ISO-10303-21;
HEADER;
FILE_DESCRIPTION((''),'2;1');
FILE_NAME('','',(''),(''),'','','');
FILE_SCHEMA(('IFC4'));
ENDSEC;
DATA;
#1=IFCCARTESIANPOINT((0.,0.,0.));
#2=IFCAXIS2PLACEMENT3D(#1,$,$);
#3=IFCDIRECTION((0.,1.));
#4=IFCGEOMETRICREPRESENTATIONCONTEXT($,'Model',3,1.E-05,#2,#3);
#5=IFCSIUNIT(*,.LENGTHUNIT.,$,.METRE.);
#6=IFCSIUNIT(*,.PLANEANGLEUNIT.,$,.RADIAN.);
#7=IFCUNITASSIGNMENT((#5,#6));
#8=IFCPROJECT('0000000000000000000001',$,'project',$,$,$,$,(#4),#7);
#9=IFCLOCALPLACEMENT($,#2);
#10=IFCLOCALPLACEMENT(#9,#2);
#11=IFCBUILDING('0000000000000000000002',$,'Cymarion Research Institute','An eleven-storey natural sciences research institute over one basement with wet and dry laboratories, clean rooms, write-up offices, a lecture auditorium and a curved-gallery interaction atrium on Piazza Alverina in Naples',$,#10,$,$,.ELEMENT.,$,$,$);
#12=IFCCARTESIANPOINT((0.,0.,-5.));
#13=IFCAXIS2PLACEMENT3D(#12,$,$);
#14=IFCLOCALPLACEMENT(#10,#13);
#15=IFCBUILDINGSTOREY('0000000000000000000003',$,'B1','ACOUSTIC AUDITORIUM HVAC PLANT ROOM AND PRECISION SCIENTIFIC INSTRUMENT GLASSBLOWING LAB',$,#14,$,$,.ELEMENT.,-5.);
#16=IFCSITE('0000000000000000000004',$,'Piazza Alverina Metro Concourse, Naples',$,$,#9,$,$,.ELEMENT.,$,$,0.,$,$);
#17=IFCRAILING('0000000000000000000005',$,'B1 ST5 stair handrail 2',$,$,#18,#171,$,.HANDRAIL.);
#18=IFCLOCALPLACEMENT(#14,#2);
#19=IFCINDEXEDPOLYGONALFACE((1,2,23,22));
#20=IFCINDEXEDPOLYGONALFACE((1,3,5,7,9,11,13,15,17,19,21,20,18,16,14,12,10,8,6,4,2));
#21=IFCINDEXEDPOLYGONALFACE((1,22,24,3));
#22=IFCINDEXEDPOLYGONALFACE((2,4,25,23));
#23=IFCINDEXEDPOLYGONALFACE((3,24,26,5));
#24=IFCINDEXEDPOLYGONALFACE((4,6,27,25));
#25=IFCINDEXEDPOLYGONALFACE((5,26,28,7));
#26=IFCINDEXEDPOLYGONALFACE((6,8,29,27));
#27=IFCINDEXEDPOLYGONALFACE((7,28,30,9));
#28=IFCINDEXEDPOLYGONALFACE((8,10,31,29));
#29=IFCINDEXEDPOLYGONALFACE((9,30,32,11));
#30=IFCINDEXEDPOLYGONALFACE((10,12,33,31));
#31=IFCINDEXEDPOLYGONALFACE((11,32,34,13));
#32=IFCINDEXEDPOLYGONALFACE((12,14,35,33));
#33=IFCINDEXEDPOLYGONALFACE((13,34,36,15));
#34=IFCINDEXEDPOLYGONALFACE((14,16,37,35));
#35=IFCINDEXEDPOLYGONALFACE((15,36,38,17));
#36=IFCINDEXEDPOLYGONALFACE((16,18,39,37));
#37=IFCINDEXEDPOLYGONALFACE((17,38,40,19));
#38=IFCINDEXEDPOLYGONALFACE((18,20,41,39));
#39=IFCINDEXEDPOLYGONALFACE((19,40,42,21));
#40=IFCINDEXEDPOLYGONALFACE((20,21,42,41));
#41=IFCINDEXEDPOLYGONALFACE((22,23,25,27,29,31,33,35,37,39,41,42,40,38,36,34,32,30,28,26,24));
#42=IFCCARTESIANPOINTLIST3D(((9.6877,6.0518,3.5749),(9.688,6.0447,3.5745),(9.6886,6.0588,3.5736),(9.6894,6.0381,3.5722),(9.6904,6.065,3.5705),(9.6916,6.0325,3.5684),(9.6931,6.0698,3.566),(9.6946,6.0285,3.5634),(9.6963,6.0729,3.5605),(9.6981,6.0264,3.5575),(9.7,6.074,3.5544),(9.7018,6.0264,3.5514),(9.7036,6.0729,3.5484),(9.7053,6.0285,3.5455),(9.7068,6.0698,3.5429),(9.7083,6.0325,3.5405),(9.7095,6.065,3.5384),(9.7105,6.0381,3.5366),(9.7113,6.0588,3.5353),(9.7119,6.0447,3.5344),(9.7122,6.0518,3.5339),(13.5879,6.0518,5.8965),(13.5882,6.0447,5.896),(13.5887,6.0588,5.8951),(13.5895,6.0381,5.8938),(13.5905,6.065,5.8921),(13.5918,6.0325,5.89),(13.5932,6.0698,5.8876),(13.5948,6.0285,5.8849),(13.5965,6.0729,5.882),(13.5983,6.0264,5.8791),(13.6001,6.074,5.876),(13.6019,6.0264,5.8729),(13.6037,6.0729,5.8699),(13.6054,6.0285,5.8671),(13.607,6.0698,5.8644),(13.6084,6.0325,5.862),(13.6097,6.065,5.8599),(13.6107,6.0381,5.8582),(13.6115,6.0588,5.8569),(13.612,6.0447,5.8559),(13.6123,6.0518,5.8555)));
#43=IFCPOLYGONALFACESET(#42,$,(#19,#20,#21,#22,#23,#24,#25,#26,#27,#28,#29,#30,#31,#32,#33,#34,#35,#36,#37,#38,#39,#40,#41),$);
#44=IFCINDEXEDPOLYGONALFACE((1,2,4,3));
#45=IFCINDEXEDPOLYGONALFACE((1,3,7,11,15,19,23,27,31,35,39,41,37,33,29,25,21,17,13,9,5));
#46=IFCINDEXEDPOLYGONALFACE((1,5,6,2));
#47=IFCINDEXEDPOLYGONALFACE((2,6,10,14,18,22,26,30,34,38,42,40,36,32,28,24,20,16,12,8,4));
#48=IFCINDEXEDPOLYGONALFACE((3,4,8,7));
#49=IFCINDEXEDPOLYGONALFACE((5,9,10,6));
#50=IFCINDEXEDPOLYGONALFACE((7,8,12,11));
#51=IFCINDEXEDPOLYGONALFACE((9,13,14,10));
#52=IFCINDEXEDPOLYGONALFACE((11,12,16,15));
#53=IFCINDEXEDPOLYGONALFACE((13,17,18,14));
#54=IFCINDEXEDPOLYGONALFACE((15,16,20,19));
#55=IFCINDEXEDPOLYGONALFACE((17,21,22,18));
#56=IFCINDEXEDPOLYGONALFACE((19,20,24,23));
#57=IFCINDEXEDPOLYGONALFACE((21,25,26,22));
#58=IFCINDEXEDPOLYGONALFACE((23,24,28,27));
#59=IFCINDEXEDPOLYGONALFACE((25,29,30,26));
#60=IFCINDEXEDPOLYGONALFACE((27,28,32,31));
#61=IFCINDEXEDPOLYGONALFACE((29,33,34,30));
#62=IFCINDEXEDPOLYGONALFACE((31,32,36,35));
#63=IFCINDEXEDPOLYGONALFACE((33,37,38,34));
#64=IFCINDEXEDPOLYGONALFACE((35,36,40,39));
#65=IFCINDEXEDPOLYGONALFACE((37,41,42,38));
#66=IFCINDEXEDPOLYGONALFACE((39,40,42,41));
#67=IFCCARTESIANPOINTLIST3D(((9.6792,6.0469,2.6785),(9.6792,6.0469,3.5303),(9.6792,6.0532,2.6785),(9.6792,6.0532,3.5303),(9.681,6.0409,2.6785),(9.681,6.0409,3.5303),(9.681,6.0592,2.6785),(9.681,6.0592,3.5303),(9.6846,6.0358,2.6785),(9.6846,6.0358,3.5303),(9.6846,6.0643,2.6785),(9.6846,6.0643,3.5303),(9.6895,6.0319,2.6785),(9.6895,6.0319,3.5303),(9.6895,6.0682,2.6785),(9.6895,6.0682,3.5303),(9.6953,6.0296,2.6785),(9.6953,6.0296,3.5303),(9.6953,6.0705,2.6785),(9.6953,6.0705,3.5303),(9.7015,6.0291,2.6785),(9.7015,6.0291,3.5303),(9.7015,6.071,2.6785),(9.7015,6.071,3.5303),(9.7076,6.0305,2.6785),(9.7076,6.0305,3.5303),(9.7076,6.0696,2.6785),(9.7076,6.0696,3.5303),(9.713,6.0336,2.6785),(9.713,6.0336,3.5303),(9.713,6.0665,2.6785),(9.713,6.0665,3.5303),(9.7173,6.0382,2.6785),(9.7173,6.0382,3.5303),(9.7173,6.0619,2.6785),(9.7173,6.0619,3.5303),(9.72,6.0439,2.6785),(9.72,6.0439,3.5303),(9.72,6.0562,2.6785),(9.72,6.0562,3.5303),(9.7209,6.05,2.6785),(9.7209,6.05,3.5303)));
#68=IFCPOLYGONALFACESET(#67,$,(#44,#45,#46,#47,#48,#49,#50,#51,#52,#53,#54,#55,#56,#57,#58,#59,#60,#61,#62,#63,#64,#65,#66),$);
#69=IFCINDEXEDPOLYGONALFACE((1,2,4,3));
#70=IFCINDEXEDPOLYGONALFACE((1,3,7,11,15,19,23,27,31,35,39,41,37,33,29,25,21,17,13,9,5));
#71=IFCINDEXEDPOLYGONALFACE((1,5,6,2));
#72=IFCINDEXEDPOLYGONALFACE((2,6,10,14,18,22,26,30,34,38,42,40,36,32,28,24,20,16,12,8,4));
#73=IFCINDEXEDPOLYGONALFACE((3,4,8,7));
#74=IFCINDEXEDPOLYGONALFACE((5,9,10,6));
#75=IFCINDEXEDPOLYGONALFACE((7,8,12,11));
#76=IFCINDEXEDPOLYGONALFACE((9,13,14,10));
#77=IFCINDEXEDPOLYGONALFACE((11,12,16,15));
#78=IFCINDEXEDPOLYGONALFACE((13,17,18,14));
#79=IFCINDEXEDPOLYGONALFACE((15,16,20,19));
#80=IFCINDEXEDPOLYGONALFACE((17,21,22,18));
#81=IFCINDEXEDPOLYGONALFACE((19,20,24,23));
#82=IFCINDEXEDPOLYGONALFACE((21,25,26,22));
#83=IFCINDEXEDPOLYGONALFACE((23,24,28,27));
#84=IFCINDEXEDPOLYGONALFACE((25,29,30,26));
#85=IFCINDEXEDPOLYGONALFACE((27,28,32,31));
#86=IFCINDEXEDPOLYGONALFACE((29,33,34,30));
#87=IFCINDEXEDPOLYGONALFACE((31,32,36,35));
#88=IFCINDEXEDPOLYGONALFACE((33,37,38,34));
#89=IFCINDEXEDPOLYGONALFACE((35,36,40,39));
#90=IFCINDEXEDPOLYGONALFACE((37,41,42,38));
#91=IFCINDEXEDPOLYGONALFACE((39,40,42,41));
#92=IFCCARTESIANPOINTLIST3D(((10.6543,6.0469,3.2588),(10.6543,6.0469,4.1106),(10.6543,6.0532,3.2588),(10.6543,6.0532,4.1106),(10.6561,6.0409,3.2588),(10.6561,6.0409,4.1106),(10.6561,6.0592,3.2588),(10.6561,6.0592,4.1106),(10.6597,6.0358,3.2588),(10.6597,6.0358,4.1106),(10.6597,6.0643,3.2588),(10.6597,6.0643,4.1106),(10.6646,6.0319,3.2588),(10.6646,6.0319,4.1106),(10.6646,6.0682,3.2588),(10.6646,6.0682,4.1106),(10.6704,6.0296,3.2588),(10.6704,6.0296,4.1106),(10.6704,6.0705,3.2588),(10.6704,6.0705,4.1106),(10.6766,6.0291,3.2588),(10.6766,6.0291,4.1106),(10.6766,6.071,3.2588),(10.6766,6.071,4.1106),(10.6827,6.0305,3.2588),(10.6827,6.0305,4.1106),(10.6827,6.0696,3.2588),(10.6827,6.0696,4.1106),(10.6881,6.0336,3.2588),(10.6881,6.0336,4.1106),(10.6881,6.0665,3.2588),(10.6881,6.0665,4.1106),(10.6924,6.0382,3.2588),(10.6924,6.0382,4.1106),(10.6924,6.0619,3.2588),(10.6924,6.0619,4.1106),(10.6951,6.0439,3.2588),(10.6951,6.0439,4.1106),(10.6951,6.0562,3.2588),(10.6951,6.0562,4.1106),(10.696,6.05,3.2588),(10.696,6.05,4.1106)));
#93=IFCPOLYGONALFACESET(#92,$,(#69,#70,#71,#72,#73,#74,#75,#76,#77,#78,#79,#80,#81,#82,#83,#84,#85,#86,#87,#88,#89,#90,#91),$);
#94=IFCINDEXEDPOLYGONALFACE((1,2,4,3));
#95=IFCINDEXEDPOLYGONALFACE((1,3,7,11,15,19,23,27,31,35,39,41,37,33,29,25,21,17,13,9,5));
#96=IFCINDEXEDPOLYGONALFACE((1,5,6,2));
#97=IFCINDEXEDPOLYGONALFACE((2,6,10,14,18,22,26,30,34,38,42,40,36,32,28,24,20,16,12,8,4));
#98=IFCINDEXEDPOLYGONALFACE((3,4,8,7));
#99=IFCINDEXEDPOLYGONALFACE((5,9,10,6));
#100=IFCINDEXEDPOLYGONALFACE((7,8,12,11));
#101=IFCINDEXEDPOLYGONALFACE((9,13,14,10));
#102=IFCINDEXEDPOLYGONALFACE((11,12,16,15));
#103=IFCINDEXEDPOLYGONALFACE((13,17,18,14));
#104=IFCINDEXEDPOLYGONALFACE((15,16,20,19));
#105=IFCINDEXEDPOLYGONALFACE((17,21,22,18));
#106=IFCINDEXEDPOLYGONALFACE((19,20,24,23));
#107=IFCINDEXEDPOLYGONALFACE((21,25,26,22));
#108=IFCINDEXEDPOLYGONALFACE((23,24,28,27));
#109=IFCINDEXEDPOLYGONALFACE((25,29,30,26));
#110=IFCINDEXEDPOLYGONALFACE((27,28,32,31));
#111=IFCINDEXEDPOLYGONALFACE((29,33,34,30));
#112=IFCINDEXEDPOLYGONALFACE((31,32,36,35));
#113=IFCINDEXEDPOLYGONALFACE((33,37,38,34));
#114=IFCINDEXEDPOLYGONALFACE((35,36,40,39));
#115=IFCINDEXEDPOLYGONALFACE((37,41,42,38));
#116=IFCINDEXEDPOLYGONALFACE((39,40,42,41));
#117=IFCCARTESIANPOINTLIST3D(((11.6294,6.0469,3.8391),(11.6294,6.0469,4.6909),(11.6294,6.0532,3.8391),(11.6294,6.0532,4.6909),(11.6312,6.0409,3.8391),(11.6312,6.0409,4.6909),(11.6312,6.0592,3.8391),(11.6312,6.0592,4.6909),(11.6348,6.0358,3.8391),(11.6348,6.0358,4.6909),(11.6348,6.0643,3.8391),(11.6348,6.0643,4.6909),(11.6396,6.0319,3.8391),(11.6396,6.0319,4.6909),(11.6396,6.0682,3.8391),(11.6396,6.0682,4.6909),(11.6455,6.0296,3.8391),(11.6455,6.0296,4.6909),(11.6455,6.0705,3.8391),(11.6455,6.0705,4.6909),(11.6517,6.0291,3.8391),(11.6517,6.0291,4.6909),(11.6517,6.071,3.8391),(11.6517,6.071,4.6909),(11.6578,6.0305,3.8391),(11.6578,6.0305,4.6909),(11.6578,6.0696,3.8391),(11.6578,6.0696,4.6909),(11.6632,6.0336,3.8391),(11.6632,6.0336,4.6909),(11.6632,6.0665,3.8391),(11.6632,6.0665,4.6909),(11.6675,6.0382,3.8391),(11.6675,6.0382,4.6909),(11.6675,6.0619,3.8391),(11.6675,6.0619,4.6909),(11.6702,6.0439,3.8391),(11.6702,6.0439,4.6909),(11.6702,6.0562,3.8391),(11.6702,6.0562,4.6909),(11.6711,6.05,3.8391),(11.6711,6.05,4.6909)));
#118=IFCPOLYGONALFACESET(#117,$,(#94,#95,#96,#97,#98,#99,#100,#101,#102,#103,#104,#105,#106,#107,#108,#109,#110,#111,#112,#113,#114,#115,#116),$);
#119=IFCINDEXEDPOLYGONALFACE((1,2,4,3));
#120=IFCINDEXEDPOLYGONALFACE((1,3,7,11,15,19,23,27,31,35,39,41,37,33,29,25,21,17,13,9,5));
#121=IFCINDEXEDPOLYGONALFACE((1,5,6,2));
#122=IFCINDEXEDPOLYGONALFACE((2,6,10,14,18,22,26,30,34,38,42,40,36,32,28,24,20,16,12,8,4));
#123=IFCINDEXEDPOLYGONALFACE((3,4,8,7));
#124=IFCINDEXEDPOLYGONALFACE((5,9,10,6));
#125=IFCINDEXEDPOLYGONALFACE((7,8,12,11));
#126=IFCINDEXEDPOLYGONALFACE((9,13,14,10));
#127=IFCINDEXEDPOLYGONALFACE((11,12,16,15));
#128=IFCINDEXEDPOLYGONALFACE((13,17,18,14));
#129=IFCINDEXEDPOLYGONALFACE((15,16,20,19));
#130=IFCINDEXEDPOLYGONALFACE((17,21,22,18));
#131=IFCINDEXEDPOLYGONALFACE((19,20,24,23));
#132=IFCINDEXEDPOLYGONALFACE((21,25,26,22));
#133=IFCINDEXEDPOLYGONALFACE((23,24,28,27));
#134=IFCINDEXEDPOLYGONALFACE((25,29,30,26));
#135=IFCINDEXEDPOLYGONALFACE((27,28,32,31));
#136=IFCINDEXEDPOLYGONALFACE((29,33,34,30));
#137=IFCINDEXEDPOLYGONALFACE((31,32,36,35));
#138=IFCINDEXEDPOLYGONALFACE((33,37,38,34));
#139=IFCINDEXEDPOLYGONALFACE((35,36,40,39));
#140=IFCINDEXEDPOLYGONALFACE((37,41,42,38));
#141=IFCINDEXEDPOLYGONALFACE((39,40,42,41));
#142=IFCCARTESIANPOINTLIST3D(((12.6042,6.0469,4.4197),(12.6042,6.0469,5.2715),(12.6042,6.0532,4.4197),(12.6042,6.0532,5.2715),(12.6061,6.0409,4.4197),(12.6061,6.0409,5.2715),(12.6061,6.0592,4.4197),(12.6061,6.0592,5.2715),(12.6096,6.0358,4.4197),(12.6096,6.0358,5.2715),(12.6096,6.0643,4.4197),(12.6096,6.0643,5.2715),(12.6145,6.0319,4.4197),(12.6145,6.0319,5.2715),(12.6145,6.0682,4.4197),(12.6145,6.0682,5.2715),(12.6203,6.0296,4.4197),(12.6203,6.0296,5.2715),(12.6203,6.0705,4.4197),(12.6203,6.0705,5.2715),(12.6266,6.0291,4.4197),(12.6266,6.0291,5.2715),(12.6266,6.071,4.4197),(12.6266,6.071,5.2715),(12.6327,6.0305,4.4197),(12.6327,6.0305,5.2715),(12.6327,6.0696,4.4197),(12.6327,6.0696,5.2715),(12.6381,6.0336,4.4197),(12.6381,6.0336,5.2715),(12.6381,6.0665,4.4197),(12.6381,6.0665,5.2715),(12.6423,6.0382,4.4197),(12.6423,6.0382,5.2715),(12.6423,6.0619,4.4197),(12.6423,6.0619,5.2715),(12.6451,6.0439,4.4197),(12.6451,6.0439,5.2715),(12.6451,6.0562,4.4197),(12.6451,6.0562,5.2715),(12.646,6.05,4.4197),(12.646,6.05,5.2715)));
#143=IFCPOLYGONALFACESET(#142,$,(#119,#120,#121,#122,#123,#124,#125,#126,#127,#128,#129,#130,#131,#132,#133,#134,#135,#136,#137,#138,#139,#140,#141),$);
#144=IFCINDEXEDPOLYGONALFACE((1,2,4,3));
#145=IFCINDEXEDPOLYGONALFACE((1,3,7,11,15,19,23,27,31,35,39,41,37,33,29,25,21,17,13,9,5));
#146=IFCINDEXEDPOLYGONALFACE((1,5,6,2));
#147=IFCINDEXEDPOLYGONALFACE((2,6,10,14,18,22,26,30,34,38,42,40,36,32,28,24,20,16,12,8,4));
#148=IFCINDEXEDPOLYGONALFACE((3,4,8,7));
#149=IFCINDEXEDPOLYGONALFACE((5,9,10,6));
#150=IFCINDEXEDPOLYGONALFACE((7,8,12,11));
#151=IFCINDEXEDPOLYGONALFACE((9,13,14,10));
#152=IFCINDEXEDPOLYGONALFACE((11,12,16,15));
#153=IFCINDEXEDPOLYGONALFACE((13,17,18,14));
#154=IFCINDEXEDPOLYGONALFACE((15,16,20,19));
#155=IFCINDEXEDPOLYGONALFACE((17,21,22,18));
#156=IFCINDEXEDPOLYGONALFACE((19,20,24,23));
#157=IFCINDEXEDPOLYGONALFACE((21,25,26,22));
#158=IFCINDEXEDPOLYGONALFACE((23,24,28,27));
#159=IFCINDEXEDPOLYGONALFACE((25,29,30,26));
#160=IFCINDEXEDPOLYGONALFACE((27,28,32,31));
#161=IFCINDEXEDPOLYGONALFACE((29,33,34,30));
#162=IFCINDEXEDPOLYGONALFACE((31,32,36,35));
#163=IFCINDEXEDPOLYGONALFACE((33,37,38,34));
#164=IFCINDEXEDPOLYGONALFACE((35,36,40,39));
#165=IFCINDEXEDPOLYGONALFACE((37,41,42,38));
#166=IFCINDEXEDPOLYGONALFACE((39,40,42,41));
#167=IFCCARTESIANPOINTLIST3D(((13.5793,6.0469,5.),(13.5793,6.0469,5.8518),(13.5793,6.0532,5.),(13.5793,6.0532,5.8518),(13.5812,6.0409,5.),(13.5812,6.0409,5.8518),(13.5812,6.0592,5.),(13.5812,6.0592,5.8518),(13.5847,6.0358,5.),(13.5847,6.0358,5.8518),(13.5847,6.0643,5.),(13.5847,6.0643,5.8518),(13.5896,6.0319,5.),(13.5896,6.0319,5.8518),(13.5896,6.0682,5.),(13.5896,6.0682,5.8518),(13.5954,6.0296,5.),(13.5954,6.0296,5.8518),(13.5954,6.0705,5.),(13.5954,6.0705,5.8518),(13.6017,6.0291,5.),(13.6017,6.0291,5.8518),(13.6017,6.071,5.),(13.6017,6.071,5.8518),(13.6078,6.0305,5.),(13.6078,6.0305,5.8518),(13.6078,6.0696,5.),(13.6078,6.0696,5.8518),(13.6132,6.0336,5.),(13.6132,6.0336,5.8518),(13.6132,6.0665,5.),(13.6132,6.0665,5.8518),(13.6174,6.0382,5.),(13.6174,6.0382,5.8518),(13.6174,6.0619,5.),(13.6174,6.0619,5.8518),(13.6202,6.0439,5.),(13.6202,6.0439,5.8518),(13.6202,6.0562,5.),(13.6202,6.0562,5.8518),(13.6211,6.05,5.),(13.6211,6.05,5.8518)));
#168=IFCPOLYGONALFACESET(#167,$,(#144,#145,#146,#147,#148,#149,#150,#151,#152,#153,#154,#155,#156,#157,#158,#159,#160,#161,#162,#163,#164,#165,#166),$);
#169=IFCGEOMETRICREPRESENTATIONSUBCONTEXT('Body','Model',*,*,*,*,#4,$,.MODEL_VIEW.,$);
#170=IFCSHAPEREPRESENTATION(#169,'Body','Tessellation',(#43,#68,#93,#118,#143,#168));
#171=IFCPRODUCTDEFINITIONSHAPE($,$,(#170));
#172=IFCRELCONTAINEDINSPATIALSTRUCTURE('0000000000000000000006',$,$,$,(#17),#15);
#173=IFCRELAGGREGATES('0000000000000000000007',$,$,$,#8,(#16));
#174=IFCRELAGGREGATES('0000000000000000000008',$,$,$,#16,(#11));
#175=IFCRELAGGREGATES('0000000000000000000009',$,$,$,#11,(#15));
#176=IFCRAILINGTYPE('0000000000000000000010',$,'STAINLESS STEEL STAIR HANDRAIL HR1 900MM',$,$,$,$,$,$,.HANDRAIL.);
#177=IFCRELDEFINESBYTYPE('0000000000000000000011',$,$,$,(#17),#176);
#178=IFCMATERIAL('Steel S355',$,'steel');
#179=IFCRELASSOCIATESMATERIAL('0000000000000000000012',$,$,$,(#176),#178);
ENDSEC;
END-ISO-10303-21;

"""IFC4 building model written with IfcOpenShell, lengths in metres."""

from ifc_helpers import new_model, si_unit, direction, frame, origin, origin_2d, place, context, subcontext, project, spatial, circle, extrude, material, type_object, element, save


model = new_model("IFC4")

# Units and contexts
model_context = context("Model", 3, precision=1e-05, world=origin(), true_north=direction((0.0, 1.0)))
body_context = subcontext(model_context, "Body", "Model", "MODEL_VIEW")
ifc_project = project(units=[si_unit("LENGTHUNIT", "METRE"), si_unit("PLANEANGLEUNIT", "RADIAN")], contexts=[model_context])

# Site, building, storey
site_placement = place(None, origin())
site = spatial("IfcSite", under=ifc_project, at=site_placement, Name="Piazza Alverina Metro Concourse, Naples", CompositionType="ELEMENT", RefElevation=0.0)
building_placement = place(site_placement, origin())
building = spatial("IfcBuilding", under=site, at=building_placement, Name="Cymarion Research Institute", Description="An eleven-storey natural sciences research institute over one basement with wet and dry laboratories, clean rooms, write-up offices, a lecture auditorium and a curved-gallery interaction atrium on Piazza Alverina in Naples", CompositionType="ELEMENT")
storey_placement = place(building_placement, frame((0.0, 0.0, -5.0)))
storey = spatial("IfcBuildingStorey", under=building, at=storey_placement, Name="B1", Description="ACOUSTIC AUDITORIUM HVAC PLANT ROOM AND PRECISION SCIENTIFIC INSTRUMENT GLASSBLOWING LAB", CompositionType="ELEMENT", Elevation=-5.0)

# Shared definitions
ifc_material_1 = material(Name="Steel S355", Category="steel")

# Railing
railing_type_1 = type_object("IfcRailingType", Name="STAINLESS STEEL STAIR HANDRAIL HR1 900MM", PredefinedType="HANDRAIL", material=ifc_material_1)
railing_1_placement = place(storey_placement, frame((9.7, 6.05, 2.6785)))
element("IfcRailing", 1, at=railing_1_placement, inside=storey, type_object=railing_type_1, Name="B1 ST5 stair handrail 2", PredefinedType="HANDRAIL", context=body_context, shape_type="SweptSolid", body=[
    extrude(circle(Radius=0.0239, at=origin_2d()), frame((0.0, 0.0, 0.876), z_axis=(0.859291, 0.0, 0.511487), x_axis=(0.0, 1.0, 0.0)), (0.0, 0.0, 1.0), 4.5388),
    extrude(circle(Radius=0.021, at=origin_2d()), origin(), (0.0, 0.0, 1.0), 0.8518),
    extrude(circle(Radius=0.021, at=origin_2d()), frame((0.9751, 0.0, 0.5803)), (0.0, 0.0, 1.0), 0.8518),
    extrude(circle(Radius=0.021, at=origin_2d()), frame((1.9502, 0.0, 1.1606)), (0.0, 0.0, 1.0), 0.8518),
    extrude(circle(Radius=0.021, at=origin_2d()), frame((2.925, 0.0, 1.7412)), (0.0, 0.0, 1.0), 0.8518),
    extrude(circle(Radius=0.021, at=origin_2d()), frame((3.9001, 0.0, 2.3215)), (0.0, 0.0, 1.0), 0.8518),
])

save(model, "model.ifc")
